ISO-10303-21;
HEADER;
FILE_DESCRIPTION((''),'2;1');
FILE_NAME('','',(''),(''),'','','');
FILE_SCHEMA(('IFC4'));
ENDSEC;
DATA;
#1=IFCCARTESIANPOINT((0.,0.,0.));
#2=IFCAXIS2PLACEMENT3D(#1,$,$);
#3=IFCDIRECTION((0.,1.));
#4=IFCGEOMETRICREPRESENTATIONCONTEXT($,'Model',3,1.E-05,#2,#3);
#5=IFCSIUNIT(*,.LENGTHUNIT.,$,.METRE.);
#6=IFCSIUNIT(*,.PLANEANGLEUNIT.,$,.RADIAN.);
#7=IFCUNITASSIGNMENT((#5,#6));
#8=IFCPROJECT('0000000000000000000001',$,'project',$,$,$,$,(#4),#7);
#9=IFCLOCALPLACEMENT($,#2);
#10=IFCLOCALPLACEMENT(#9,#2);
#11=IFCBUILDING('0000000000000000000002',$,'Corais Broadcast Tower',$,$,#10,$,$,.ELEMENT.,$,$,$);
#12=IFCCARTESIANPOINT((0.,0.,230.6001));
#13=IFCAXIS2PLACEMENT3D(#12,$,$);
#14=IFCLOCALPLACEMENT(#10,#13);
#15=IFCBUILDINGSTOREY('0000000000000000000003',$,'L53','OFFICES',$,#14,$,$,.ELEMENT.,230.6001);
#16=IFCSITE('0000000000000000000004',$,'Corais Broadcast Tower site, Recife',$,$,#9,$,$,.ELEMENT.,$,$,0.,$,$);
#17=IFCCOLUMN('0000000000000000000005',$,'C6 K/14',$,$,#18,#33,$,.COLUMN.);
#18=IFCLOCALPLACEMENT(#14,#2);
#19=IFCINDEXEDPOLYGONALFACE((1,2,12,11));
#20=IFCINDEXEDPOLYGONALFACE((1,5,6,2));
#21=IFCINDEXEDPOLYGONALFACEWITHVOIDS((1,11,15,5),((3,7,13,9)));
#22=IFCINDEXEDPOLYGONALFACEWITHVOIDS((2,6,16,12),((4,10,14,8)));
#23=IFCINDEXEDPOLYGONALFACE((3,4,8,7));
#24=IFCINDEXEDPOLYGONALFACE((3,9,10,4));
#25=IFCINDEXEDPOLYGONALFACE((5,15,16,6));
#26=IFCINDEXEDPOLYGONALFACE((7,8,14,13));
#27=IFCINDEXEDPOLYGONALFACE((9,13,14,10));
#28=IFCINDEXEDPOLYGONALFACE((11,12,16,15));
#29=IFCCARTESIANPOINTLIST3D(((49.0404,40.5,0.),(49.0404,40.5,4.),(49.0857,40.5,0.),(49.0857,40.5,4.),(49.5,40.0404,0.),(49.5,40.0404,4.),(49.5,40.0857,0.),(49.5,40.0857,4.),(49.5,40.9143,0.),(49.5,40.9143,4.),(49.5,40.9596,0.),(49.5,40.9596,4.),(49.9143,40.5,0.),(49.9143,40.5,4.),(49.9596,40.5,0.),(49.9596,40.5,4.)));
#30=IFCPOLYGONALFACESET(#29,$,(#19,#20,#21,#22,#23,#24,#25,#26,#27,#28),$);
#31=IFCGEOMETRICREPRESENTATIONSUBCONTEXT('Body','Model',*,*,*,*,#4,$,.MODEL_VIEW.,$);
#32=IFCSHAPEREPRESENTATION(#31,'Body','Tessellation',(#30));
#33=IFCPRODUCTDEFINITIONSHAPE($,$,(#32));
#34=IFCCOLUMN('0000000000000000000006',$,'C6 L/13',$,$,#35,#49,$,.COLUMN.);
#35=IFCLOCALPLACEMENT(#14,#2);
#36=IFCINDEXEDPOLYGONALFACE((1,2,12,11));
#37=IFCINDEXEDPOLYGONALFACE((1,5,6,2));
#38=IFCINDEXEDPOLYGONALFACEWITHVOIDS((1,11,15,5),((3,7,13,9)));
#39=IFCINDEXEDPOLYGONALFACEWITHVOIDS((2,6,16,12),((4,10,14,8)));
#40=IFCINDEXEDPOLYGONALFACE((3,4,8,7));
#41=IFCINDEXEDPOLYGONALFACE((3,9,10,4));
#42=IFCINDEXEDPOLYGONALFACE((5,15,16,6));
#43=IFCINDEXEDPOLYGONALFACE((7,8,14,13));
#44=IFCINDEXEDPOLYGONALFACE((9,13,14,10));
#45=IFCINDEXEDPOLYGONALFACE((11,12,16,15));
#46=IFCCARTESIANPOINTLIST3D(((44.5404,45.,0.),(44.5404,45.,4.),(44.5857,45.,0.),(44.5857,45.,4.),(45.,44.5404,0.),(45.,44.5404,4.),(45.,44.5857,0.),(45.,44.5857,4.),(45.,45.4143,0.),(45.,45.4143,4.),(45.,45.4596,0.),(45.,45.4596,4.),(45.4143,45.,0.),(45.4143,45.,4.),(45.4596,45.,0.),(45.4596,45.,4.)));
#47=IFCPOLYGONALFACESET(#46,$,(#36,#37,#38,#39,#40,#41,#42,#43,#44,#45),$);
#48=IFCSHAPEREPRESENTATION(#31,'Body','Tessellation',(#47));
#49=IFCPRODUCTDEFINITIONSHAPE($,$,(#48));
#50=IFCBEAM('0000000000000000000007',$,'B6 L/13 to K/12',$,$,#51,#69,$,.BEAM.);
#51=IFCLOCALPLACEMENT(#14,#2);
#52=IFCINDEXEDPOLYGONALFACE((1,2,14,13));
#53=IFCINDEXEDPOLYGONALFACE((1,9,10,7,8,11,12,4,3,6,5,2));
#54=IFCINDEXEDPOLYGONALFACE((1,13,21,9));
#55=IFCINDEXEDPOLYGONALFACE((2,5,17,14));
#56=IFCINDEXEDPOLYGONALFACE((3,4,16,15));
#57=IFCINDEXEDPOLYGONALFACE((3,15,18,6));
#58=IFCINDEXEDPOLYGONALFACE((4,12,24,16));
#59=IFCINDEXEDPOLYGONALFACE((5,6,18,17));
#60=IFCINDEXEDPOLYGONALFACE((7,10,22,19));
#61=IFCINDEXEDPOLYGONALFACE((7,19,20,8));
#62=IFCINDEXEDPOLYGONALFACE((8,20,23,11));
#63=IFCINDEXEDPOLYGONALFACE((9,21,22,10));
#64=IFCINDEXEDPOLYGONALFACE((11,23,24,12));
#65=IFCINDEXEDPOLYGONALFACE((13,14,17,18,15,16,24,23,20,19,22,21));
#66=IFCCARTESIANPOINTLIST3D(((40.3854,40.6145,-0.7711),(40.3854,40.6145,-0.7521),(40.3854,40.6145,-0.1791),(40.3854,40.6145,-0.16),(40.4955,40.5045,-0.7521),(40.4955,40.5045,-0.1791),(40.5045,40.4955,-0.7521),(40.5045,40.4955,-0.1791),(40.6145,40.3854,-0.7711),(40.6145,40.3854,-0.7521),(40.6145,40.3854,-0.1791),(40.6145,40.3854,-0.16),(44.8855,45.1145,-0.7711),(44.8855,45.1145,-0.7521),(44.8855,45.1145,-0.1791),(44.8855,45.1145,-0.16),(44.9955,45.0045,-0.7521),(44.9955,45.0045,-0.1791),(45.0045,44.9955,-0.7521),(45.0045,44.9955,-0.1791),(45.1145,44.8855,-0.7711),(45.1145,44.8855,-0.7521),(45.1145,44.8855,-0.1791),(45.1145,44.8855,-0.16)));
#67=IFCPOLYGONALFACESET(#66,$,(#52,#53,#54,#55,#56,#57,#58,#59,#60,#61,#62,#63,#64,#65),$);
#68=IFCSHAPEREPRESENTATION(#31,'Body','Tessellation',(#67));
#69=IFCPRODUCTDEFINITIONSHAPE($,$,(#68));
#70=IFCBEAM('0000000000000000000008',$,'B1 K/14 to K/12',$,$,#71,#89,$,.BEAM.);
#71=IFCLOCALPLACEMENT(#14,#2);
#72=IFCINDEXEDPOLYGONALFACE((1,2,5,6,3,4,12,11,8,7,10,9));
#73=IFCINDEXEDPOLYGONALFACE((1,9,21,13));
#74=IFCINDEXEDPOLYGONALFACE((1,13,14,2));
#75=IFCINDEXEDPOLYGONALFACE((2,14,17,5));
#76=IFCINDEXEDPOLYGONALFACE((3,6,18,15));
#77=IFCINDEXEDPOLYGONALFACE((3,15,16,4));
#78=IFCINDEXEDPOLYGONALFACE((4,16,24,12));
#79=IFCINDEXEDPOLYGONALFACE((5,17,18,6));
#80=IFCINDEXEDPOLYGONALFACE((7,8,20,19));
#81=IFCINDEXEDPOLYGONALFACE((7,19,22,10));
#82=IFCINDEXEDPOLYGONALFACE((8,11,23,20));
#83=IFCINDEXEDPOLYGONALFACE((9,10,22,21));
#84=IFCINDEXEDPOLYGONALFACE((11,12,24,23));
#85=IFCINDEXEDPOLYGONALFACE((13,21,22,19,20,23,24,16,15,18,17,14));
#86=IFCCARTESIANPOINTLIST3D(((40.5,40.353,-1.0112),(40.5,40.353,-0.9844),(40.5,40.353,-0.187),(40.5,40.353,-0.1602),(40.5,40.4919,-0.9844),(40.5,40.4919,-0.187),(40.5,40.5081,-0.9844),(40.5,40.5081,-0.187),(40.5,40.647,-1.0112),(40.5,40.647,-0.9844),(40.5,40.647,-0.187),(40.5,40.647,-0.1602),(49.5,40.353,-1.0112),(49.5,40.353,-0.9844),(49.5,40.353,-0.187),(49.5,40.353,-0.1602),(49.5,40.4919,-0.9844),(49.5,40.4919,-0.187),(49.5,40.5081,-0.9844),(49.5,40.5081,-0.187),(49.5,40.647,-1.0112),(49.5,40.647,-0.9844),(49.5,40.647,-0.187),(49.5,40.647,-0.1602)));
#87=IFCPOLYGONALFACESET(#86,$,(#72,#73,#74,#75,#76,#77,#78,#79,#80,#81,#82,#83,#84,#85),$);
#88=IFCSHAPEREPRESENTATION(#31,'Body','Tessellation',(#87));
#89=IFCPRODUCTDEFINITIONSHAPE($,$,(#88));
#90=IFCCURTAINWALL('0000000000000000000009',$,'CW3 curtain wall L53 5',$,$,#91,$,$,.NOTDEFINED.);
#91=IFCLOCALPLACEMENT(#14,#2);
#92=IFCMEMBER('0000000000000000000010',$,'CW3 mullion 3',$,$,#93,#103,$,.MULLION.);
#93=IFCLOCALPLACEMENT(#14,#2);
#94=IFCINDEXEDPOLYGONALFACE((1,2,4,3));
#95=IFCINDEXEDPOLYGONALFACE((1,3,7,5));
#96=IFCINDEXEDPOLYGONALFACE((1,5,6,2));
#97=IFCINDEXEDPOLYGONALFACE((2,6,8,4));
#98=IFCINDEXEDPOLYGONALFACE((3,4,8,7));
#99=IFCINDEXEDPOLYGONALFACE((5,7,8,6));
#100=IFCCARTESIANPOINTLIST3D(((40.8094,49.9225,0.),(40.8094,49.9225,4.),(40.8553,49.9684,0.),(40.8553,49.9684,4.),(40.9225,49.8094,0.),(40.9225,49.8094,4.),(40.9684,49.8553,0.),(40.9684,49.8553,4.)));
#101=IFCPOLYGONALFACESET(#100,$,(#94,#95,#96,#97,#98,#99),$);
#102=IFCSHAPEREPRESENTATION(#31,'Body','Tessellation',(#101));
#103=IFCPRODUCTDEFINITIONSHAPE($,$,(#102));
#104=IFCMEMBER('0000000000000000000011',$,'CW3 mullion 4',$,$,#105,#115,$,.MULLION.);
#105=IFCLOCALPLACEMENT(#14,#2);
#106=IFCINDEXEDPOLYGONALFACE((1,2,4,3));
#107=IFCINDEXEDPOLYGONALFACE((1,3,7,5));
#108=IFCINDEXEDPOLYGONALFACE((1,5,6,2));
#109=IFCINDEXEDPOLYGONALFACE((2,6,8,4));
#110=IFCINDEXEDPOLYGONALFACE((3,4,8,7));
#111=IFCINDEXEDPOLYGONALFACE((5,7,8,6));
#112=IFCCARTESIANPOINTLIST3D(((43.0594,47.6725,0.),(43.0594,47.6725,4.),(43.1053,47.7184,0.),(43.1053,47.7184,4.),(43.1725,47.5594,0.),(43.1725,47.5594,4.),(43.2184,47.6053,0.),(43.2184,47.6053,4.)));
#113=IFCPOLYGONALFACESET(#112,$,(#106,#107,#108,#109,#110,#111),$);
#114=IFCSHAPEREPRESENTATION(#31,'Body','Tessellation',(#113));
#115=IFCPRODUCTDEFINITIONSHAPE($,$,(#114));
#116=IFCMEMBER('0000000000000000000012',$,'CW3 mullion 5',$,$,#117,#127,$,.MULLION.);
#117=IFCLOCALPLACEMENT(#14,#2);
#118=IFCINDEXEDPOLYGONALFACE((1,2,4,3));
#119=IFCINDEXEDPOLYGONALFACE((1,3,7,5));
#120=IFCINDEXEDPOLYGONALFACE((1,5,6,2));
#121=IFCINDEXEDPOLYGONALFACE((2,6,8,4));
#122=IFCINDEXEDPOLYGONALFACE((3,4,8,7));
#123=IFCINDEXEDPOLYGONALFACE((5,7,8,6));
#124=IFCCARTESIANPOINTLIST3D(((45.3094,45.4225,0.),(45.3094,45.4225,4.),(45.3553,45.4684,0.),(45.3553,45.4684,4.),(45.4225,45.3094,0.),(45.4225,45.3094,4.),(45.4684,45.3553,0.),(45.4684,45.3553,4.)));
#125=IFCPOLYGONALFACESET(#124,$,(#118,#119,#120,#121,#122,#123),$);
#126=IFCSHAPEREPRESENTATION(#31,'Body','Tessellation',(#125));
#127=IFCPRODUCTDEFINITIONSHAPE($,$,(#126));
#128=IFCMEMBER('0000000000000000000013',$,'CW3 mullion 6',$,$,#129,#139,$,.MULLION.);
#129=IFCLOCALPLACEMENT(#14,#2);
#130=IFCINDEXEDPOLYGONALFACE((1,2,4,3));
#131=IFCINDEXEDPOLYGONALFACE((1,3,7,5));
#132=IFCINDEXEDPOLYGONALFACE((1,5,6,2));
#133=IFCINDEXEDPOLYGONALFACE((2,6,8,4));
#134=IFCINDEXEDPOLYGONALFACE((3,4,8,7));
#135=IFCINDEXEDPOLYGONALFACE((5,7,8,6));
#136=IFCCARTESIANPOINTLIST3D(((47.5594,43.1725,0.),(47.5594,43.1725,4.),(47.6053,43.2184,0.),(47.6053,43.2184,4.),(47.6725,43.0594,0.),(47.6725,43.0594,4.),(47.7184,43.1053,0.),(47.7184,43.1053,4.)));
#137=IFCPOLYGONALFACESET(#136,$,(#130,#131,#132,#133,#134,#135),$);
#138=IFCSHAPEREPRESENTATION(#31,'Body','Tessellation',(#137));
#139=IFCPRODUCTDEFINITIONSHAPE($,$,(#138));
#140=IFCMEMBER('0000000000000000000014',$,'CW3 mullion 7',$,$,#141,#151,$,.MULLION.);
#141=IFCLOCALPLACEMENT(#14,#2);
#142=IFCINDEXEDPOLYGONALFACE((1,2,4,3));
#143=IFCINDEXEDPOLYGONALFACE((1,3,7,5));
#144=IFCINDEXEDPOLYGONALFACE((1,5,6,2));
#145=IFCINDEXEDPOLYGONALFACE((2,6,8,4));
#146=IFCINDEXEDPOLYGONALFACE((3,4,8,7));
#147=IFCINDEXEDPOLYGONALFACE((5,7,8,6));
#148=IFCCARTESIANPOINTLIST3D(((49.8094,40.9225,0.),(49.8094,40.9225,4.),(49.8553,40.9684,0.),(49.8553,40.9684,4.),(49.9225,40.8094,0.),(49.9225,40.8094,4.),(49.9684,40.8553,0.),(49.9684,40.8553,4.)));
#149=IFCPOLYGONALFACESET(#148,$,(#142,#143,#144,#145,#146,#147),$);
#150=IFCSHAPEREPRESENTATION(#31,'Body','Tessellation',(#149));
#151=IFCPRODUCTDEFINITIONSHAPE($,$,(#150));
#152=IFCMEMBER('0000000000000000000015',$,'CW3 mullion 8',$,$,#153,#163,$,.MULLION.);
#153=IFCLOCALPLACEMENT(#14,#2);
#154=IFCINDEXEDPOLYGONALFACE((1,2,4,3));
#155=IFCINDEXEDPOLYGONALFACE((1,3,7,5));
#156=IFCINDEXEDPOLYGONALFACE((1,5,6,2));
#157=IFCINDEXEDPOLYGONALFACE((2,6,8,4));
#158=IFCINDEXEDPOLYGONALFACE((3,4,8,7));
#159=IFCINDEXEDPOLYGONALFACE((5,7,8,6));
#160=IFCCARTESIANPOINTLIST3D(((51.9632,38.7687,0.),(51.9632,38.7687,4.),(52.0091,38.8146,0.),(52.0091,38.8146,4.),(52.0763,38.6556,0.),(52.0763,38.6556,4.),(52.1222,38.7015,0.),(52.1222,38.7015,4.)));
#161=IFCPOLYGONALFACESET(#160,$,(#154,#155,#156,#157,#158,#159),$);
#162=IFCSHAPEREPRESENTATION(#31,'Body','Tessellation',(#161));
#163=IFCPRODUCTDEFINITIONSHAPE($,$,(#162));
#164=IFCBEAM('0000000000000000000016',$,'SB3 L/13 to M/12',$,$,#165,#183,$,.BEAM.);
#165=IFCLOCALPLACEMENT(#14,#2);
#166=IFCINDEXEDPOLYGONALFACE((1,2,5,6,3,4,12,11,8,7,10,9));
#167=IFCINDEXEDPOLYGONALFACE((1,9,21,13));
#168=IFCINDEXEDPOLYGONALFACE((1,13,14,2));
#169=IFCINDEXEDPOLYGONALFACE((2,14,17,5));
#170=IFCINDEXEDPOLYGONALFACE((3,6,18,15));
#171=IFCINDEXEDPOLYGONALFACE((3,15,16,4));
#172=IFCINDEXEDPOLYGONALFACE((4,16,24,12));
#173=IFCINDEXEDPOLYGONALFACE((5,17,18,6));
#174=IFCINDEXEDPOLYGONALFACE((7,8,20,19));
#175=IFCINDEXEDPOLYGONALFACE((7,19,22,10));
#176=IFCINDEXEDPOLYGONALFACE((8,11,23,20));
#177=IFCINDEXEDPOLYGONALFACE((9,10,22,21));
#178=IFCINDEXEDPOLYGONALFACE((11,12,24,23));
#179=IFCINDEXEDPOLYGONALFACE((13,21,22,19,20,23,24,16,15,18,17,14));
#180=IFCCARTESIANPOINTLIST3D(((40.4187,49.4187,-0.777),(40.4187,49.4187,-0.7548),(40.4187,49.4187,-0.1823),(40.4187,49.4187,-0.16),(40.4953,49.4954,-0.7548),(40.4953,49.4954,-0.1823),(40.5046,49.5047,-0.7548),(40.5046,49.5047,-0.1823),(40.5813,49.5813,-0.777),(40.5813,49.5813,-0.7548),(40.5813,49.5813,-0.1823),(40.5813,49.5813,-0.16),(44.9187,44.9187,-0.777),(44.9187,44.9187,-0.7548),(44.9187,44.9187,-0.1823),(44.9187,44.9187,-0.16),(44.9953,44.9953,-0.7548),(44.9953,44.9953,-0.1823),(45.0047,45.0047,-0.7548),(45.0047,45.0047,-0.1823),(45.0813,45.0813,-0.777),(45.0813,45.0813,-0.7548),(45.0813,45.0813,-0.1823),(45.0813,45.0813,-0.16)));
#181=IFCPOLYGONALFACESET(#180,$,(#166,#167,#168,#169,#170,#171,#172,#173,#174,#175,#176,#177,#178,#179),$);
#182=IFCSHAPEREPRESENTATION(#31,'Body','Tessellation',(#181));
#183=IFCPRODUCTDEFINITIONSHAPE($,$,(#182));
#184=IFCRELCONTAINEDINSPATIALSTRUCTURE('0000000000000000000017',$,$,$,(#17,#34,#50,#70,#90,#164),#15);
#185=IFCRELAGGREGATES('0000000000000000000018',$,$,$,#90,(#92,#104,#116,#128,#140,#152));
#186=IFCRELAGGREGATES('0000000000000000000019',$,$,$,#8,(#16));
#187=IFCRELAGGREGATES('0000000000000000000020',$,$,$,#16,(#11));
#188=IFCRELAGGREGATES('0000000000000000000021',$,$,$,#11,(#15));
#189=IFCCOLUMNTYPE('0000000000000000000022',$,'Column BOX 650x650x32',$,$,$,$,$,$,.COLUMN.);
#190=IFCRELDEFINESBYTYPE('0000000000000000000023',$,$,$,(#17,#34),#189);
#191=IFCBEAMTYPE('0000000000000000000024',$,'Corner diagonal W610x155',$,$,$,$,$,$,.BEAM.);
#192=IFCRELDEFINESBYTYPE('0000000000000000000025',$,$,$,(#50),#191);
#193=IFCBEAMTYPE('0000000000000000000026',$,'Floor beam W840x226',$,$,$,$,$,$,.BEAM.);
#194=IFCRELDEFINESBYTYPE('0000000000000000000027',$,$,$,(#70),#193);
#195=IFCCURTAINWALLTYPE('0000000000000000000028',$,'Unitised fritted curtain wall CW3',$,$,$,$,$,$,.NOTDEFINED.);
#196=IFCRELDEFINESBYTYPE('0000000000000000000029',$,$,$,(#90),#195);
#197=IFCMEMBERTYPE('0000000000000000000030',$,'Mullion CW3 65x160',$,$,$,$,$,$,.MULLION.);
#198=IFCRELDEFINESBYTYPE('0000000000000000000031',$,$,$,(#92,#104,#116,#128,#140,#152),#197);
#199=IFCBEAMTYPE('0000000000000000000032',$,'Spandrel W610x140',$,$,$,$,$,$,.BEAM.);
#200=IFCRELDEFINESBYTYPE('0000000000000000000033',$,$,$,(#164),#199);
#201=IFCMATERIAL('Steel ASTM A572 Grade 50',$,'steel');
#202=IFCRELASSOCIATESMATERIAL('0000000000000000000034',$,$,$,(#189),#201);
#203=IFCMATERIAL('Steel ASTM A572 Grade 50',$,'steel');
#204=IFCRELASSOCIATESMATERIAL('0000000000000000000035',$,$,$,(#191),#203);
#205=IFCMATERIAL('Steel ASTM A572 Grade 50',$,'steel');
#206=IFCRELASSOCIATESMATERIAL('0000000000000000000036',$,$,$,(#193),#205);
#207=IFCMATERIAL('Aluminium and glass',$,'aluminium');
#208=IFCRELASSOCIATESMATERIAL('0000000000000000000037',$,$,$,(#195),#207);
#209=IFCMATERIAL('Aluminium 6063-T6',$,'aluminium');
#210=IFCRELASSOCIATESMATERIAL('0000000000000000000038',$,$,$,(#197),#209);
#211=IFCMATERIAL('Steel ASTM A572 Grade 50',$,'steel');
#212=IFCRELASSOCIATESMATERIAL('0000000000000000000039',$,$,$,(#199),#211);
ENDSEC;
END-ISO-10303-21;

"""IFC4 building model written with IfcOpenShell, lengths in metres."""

from ifc_helpers import new_model, si_unit, direction, frame, origin, origin_2d, place, context, subcontext, project, spatial, rectangle, hollow_rectangle, i_section, extrude, material, material_profile, profile_set, type_object, element, aggregate, save


model = new_model("IFC4")

# Units and contexts
model_context = context("Model", 3, precision=1e-05, world=origin(), true_north=direction((0.0, 1.0)))
body_context = subcontext(model_context, "Body", "Model", "MODEL_VIEW")
ifc_project = project(units=[si_unit("LENGTHUNIT", "METRE"), si_unit("PLANEANGLEUNIT", "RADIAN")], contexts=[model_context])

# Site, building, storey
site_placement = place(None, origin())
site = spatial("IfcSite", under=ifc_project, at=site_placement, Name="Corais Broadcast Tower site, Recife", CompositionType="ELEMENT", RefElevation=0.0)
building_placement = place(site_placement, origin())
building = spatial("IfcBuilding", under=site, at=building_placement, Name="Corais Broadcast Tower", CompositionType="ELEMENT")
storey_placement = place(building_placement, frame((0.0, 0.0, 230.6001)))
storey = spatial("IfcBuildingStorey", under=building, at=storey_placement, Name="L53", Description="OFFICES", CompositionType="ELEMENT", Elevation=230.6001)

# Columns
ifc_material_1 = material(Name="Steel ASTM A572 Grade 50", Category="steel")
ifc_material_profile_1 = material_profile(ifc_material_1, hollow_rectangle(XDim=0.6499, YDim=0.6499, WallThickness=0.032, at=origin_2d()), Name="BOX 650x650x32")
ifc_profile_set_1 = profile_set([ifc_material_profile_1], Name="Steel ASTM A572 Grade 50")
column_type = type_object("IfcColumnType", Name="Column BOX 650x650x32", PredefinedType="COLUMN", material=ifc_profile_set_1)
for number, where, z_axis, x_axis, name in (
    (1, (49.5, 40.5, 0.0), (0.0, 0.0, 1.0), (0.707107, 0.707107, 0.0), "C6 K/14"),
    (2, (45.0, 45.0, 0.0), (0.0, 0.0, 1.0), (0.707107, 0.707107, 0.0), "C6 L/13"),
):
    element("IfcColumn", number, at=place(storey_placement, frame(where, z_axis=z_axis, x_axis=x_axis)), inside=storey, type_object=column_type, Name=name, PredefinedType="COLUMN", context=body_context, shape_type="SweptSolid", body=[
        extrude(hollow_rectangle(XDim=0.6499, YDim=0.6499, WallThickness=0.032, at=origin_2d()), origin(), (0.0, 0.0, 1.0), 4.0),
    ])

# Beams
ifc_material_2 = material(Name="Steel ASTM A572 Grade 50", Category="steel")
ifc_material_profile_2 = material_profile(ifc_material_2, i_section(OverallWidth=0.324, OverallDepth=0.6111, WebThickness=0.0127, FlangeThickness=0.019, at=origin_2d()), Name="W610x155")
ifc_profile_set_2 = profile_set([ifc_material_profile_2], Name="Steel ASTM A572 Grade 50")
beam_type_1 = type_object("IfcBeamType", Name="Corner diagonal W610x155", PredefinedType="BEAM", material=ifc_profile_set_2)
beam_1_placement = place(storey_placement, frame((45.0, 45.0, -0.4656), z_axis=(-0.707107, -0.707107, 0.0), x_axis=(0.707107, -0.707107, 0.0)))
element("IfcBeam", 3, at=beam_1_placement, inside=storey, type_object=beam_type_1, Name="B6 L/13 to K/12", PredefinedType="BEAM", context=body_context, shape_type="SweptSolid", body=[
    extrude(i_section(OverallWidth=0.324, OverallDepth=0.6111, WebThickness=0.0127, FlangeThickness=0.019, at=origin_2d()), origin(), (0.0, 0.0, 1.0), 6.364),
])
ifc_material_3 = material(Name="Steel ASTM A572 Grade 50", Category="steel")
ifc_material_profile_3 = material_profile(ifc_material_3, i_section(OverallWidth=0.2939, OverallDepth=0.8511, WebThickness=0.0161, FlangeThickness=0.0269, at=origin_2d()), Name="W840x226")
ifc_profile_set_3 = profile_set([ifc_material_profile_3], Name="Steel ASTM A572 Grade 50")
beam_type_2 = type_object("IfcBeamType", Name="Floor beam W840x226", PredefinedType="BEAM", material=ifc_profile_set_3)
beam_2_placement = place(storey_placement, frame((49.5, 40.5, -0.5857), z_axis=(-1.0, 0.0, 0.0), x_axis=(0.0, -1.0, 0.0)))
element("IfcBeam", 4, at=beam_2_placement, inside=storey, type_object=beam_type_2, Name="B1 K/14 to K/12", PredefinedType="BEAM", context=body_context, shape_type="SweptSolid", body=[
    extrude(i_section(OverallWidth=0.2939, OverallDepth=0.8511, WebThickness=0.0161, FlangeThickness=0.0269, at=origin_2d()), origin(), (0.0, 0.0, 1.0), 9.0),
])

# Curtain wall, members
ifc_material_4 = material(Name="Aluminium and glass", Category="aluminium")
curtain_wall_type = type_object("IfcCurtainWallType", Name="Unitised fritted curtain wall CW3", PredefinedType="NOTDEFINED", material=ifc_material_4)
curtain_wall_placement = place(storey_placement, origin())
curtain_wall = element("IfcCurtainWall", 5, at=curtain_wall_placement, inside=storey, type_object=curtain_wall_type, Name="CW3 curtain wall L53 5", PredefinedType="NOTDEFINED")
ifc_material_5 = material(Name="Aluminium 6063-T6", Category="aluminium")
ifc_material_profile_4 = material_profile(ifc_material_5, rectangle(XDim=0.0649, YDim=0.1599, at=origin_2d()), Name="Mullion CW3 65x160")
ifc_profile_set_4 = profile_set([ifc_material_profile_4], Name="Aluminium 6063-T6")
member_type_1 = type_object("IfcMemberType", Name="Mullion CW3 65x160", PredefinedType="MULLION", material=ifc_profile_set_4)
member_1_placement = place(storey_placement, frame((40.8889, 49.8889, 0.0), z_axis=(0.0, 0.0, 1.0), x_axis=(0.707107, 0.707107, 0.0)))
member_1 = element("IfcMember", 6, at=member_1_placement, type_object=member_type_1, Name="CW3 mullion 3", PredefinedType="MULLION", context=body_context, shape_type="SweptSolid", body=[
    extrude(rectangle(XDim=0.0649, YDim=0.1599, at=origin_2d()), origin(), (0.0, 0.0, 1.0), 4.0),
])
member_2_placement = place(storey_placement, frame((43.1389, 47.6389, 0.0), z_axis=(0.0, 0.0, 1.0), x_axis=(0.707107, 0.707107, 0.0)))
member_2 = element("IfcMember", 7, at=member_2_placement, type_object=member_type_1, Name="CW3 mullion 4", PredefinedType="MULLION", context=body_context, shape_type="SweptSolid", body=[
    extrude(rectangle(XDim=0.0649, YDim=0.1599, at=origin_2d()), origin(), (0.0, 0.0, 1.0), 4.0),
])
member_3_placement = place(storey_placement, frame((45.3889, 45.3889, 0.0), z_axis=(0.0, 0.0, 1.0), x_axis=(0.707107, 0.707107, 0.0)))
member_3 = element("IfcMember", 8, at=member_3_placement, type_object=member_type_1, Name="CW3 mullion 5", PredefinedType="MULLION", context=body_context, shape_type="SweptSolid", body=[
    extrude(rectangle(XDim=0.0649, YDim=0.1599, at=origin_2d()), origin(), (0.0, 0.0, 1.0), 4.0),
])
member_4_placement = place(storey_placement, frame((47.6389, 43.1389, 0.0), z_axis=(0.0, 0.0, 1.0), x_axis=(0.707107, 0.707107, 0.0)))
member_4 = element("IfcMember", 9, at=member_4_placement, type_object=member_type_1, Name="CW3 mullion 6", PredefinedType="MULLION", context=body_context, shape_type="SweptSolid", body=[
    extrude(rectangle(XDim=0.0649, YDim=0.1599, at=origin_2d()), origin(), (0.0, 0.0, 1.0), 4.0),
])
member_5_placement = place(storey_placement, frame((49.8889, 40.8889, 0.0), z_axis=(0.0, 0.0, 1.0), x_axis=(0.707107, 0.707107, 0.0)))
member_5 = element("IfcMember", 10, at=member_5_placement, type_object=member_type_1, Name="CW3 mullion 7", PredefinedType="MULLION", context=body_context, shape_type="SweptSolid", body=[
    extrude(rectangle(XDim=0.0649, YDim=0.1599, at=origin_2d()), origin(), (0.0, 0.0, 1.0), 4.0),
])
member_6_placement = place(storey_placement, frame((52.0427, 38.7351, 0.0), z_axis=(0.0, 0.0, 1.0), x_axis=(0.707107, 0.707107, 0.0)))
member_6 = element("IfcMember", 11, at=member_6_placement, type_object=member_type_1, Name="CW3 mullion 8", PredefinedType="MULLION", context=body_context, shape_type="SweptSolid", body=[
    extrude(rectangle(XDim=0.0649, YDim=0.1599, at=origin_2d()), origin(), (0.0, 0.0, 1.0), 4.0),
])

# Beam
ifc_material_6 = material(Name="Steel ASTM A572 Grade 50", Category="steel")
ifc_material_profile_5 = material_profile(ifc_material_6, i_section(OverallWidth=0.23, OverallDepth=0.6169, WebThickness=0.0132, FlangeThickness=0.0222, at=origin_2d()), Name="W610x140")
ifc_profile_set_5 = profile_set([ifc_material_profile_5], Name="Steel ASTM A572 Grade 50")
beam_type_3 = type_object("IfcBeamType", Name="Spandrel W610x140", PredefinedType="BEAM", material=ifc_profile_set_5)
for number, where, z_axis, x_axis, name in (
    (12, (45.0, 45.0, -0.4685), (-0.707107, 0.707107, 0.0), (-0.707107, -0.707107, 0.0), "SB3 L/13 to M/12"),
):
    element("IfcBeam", number, at=place(storey_placement, frame(where, z_axis=z_axis, x_axis=x_axis)), inside=storey, type_object=beam_type_3, Name=name, PredefinedType="BEAM", context=body_context, shape_type="SweptSolid", body=[
        extrude(i_section(OverallWidth=0.23, OverallDepth=0.6169, WebThickness=0.0132, FlangeThickness=0.0222, at=origin_2d()), origin(), (0.0, 0.0, 1.0), 6.364),
    ])

aggregate(curtain_wall, [member_1, member_2, member_3, member_4, member_5, member_6])

save(model, "model.ifc")
